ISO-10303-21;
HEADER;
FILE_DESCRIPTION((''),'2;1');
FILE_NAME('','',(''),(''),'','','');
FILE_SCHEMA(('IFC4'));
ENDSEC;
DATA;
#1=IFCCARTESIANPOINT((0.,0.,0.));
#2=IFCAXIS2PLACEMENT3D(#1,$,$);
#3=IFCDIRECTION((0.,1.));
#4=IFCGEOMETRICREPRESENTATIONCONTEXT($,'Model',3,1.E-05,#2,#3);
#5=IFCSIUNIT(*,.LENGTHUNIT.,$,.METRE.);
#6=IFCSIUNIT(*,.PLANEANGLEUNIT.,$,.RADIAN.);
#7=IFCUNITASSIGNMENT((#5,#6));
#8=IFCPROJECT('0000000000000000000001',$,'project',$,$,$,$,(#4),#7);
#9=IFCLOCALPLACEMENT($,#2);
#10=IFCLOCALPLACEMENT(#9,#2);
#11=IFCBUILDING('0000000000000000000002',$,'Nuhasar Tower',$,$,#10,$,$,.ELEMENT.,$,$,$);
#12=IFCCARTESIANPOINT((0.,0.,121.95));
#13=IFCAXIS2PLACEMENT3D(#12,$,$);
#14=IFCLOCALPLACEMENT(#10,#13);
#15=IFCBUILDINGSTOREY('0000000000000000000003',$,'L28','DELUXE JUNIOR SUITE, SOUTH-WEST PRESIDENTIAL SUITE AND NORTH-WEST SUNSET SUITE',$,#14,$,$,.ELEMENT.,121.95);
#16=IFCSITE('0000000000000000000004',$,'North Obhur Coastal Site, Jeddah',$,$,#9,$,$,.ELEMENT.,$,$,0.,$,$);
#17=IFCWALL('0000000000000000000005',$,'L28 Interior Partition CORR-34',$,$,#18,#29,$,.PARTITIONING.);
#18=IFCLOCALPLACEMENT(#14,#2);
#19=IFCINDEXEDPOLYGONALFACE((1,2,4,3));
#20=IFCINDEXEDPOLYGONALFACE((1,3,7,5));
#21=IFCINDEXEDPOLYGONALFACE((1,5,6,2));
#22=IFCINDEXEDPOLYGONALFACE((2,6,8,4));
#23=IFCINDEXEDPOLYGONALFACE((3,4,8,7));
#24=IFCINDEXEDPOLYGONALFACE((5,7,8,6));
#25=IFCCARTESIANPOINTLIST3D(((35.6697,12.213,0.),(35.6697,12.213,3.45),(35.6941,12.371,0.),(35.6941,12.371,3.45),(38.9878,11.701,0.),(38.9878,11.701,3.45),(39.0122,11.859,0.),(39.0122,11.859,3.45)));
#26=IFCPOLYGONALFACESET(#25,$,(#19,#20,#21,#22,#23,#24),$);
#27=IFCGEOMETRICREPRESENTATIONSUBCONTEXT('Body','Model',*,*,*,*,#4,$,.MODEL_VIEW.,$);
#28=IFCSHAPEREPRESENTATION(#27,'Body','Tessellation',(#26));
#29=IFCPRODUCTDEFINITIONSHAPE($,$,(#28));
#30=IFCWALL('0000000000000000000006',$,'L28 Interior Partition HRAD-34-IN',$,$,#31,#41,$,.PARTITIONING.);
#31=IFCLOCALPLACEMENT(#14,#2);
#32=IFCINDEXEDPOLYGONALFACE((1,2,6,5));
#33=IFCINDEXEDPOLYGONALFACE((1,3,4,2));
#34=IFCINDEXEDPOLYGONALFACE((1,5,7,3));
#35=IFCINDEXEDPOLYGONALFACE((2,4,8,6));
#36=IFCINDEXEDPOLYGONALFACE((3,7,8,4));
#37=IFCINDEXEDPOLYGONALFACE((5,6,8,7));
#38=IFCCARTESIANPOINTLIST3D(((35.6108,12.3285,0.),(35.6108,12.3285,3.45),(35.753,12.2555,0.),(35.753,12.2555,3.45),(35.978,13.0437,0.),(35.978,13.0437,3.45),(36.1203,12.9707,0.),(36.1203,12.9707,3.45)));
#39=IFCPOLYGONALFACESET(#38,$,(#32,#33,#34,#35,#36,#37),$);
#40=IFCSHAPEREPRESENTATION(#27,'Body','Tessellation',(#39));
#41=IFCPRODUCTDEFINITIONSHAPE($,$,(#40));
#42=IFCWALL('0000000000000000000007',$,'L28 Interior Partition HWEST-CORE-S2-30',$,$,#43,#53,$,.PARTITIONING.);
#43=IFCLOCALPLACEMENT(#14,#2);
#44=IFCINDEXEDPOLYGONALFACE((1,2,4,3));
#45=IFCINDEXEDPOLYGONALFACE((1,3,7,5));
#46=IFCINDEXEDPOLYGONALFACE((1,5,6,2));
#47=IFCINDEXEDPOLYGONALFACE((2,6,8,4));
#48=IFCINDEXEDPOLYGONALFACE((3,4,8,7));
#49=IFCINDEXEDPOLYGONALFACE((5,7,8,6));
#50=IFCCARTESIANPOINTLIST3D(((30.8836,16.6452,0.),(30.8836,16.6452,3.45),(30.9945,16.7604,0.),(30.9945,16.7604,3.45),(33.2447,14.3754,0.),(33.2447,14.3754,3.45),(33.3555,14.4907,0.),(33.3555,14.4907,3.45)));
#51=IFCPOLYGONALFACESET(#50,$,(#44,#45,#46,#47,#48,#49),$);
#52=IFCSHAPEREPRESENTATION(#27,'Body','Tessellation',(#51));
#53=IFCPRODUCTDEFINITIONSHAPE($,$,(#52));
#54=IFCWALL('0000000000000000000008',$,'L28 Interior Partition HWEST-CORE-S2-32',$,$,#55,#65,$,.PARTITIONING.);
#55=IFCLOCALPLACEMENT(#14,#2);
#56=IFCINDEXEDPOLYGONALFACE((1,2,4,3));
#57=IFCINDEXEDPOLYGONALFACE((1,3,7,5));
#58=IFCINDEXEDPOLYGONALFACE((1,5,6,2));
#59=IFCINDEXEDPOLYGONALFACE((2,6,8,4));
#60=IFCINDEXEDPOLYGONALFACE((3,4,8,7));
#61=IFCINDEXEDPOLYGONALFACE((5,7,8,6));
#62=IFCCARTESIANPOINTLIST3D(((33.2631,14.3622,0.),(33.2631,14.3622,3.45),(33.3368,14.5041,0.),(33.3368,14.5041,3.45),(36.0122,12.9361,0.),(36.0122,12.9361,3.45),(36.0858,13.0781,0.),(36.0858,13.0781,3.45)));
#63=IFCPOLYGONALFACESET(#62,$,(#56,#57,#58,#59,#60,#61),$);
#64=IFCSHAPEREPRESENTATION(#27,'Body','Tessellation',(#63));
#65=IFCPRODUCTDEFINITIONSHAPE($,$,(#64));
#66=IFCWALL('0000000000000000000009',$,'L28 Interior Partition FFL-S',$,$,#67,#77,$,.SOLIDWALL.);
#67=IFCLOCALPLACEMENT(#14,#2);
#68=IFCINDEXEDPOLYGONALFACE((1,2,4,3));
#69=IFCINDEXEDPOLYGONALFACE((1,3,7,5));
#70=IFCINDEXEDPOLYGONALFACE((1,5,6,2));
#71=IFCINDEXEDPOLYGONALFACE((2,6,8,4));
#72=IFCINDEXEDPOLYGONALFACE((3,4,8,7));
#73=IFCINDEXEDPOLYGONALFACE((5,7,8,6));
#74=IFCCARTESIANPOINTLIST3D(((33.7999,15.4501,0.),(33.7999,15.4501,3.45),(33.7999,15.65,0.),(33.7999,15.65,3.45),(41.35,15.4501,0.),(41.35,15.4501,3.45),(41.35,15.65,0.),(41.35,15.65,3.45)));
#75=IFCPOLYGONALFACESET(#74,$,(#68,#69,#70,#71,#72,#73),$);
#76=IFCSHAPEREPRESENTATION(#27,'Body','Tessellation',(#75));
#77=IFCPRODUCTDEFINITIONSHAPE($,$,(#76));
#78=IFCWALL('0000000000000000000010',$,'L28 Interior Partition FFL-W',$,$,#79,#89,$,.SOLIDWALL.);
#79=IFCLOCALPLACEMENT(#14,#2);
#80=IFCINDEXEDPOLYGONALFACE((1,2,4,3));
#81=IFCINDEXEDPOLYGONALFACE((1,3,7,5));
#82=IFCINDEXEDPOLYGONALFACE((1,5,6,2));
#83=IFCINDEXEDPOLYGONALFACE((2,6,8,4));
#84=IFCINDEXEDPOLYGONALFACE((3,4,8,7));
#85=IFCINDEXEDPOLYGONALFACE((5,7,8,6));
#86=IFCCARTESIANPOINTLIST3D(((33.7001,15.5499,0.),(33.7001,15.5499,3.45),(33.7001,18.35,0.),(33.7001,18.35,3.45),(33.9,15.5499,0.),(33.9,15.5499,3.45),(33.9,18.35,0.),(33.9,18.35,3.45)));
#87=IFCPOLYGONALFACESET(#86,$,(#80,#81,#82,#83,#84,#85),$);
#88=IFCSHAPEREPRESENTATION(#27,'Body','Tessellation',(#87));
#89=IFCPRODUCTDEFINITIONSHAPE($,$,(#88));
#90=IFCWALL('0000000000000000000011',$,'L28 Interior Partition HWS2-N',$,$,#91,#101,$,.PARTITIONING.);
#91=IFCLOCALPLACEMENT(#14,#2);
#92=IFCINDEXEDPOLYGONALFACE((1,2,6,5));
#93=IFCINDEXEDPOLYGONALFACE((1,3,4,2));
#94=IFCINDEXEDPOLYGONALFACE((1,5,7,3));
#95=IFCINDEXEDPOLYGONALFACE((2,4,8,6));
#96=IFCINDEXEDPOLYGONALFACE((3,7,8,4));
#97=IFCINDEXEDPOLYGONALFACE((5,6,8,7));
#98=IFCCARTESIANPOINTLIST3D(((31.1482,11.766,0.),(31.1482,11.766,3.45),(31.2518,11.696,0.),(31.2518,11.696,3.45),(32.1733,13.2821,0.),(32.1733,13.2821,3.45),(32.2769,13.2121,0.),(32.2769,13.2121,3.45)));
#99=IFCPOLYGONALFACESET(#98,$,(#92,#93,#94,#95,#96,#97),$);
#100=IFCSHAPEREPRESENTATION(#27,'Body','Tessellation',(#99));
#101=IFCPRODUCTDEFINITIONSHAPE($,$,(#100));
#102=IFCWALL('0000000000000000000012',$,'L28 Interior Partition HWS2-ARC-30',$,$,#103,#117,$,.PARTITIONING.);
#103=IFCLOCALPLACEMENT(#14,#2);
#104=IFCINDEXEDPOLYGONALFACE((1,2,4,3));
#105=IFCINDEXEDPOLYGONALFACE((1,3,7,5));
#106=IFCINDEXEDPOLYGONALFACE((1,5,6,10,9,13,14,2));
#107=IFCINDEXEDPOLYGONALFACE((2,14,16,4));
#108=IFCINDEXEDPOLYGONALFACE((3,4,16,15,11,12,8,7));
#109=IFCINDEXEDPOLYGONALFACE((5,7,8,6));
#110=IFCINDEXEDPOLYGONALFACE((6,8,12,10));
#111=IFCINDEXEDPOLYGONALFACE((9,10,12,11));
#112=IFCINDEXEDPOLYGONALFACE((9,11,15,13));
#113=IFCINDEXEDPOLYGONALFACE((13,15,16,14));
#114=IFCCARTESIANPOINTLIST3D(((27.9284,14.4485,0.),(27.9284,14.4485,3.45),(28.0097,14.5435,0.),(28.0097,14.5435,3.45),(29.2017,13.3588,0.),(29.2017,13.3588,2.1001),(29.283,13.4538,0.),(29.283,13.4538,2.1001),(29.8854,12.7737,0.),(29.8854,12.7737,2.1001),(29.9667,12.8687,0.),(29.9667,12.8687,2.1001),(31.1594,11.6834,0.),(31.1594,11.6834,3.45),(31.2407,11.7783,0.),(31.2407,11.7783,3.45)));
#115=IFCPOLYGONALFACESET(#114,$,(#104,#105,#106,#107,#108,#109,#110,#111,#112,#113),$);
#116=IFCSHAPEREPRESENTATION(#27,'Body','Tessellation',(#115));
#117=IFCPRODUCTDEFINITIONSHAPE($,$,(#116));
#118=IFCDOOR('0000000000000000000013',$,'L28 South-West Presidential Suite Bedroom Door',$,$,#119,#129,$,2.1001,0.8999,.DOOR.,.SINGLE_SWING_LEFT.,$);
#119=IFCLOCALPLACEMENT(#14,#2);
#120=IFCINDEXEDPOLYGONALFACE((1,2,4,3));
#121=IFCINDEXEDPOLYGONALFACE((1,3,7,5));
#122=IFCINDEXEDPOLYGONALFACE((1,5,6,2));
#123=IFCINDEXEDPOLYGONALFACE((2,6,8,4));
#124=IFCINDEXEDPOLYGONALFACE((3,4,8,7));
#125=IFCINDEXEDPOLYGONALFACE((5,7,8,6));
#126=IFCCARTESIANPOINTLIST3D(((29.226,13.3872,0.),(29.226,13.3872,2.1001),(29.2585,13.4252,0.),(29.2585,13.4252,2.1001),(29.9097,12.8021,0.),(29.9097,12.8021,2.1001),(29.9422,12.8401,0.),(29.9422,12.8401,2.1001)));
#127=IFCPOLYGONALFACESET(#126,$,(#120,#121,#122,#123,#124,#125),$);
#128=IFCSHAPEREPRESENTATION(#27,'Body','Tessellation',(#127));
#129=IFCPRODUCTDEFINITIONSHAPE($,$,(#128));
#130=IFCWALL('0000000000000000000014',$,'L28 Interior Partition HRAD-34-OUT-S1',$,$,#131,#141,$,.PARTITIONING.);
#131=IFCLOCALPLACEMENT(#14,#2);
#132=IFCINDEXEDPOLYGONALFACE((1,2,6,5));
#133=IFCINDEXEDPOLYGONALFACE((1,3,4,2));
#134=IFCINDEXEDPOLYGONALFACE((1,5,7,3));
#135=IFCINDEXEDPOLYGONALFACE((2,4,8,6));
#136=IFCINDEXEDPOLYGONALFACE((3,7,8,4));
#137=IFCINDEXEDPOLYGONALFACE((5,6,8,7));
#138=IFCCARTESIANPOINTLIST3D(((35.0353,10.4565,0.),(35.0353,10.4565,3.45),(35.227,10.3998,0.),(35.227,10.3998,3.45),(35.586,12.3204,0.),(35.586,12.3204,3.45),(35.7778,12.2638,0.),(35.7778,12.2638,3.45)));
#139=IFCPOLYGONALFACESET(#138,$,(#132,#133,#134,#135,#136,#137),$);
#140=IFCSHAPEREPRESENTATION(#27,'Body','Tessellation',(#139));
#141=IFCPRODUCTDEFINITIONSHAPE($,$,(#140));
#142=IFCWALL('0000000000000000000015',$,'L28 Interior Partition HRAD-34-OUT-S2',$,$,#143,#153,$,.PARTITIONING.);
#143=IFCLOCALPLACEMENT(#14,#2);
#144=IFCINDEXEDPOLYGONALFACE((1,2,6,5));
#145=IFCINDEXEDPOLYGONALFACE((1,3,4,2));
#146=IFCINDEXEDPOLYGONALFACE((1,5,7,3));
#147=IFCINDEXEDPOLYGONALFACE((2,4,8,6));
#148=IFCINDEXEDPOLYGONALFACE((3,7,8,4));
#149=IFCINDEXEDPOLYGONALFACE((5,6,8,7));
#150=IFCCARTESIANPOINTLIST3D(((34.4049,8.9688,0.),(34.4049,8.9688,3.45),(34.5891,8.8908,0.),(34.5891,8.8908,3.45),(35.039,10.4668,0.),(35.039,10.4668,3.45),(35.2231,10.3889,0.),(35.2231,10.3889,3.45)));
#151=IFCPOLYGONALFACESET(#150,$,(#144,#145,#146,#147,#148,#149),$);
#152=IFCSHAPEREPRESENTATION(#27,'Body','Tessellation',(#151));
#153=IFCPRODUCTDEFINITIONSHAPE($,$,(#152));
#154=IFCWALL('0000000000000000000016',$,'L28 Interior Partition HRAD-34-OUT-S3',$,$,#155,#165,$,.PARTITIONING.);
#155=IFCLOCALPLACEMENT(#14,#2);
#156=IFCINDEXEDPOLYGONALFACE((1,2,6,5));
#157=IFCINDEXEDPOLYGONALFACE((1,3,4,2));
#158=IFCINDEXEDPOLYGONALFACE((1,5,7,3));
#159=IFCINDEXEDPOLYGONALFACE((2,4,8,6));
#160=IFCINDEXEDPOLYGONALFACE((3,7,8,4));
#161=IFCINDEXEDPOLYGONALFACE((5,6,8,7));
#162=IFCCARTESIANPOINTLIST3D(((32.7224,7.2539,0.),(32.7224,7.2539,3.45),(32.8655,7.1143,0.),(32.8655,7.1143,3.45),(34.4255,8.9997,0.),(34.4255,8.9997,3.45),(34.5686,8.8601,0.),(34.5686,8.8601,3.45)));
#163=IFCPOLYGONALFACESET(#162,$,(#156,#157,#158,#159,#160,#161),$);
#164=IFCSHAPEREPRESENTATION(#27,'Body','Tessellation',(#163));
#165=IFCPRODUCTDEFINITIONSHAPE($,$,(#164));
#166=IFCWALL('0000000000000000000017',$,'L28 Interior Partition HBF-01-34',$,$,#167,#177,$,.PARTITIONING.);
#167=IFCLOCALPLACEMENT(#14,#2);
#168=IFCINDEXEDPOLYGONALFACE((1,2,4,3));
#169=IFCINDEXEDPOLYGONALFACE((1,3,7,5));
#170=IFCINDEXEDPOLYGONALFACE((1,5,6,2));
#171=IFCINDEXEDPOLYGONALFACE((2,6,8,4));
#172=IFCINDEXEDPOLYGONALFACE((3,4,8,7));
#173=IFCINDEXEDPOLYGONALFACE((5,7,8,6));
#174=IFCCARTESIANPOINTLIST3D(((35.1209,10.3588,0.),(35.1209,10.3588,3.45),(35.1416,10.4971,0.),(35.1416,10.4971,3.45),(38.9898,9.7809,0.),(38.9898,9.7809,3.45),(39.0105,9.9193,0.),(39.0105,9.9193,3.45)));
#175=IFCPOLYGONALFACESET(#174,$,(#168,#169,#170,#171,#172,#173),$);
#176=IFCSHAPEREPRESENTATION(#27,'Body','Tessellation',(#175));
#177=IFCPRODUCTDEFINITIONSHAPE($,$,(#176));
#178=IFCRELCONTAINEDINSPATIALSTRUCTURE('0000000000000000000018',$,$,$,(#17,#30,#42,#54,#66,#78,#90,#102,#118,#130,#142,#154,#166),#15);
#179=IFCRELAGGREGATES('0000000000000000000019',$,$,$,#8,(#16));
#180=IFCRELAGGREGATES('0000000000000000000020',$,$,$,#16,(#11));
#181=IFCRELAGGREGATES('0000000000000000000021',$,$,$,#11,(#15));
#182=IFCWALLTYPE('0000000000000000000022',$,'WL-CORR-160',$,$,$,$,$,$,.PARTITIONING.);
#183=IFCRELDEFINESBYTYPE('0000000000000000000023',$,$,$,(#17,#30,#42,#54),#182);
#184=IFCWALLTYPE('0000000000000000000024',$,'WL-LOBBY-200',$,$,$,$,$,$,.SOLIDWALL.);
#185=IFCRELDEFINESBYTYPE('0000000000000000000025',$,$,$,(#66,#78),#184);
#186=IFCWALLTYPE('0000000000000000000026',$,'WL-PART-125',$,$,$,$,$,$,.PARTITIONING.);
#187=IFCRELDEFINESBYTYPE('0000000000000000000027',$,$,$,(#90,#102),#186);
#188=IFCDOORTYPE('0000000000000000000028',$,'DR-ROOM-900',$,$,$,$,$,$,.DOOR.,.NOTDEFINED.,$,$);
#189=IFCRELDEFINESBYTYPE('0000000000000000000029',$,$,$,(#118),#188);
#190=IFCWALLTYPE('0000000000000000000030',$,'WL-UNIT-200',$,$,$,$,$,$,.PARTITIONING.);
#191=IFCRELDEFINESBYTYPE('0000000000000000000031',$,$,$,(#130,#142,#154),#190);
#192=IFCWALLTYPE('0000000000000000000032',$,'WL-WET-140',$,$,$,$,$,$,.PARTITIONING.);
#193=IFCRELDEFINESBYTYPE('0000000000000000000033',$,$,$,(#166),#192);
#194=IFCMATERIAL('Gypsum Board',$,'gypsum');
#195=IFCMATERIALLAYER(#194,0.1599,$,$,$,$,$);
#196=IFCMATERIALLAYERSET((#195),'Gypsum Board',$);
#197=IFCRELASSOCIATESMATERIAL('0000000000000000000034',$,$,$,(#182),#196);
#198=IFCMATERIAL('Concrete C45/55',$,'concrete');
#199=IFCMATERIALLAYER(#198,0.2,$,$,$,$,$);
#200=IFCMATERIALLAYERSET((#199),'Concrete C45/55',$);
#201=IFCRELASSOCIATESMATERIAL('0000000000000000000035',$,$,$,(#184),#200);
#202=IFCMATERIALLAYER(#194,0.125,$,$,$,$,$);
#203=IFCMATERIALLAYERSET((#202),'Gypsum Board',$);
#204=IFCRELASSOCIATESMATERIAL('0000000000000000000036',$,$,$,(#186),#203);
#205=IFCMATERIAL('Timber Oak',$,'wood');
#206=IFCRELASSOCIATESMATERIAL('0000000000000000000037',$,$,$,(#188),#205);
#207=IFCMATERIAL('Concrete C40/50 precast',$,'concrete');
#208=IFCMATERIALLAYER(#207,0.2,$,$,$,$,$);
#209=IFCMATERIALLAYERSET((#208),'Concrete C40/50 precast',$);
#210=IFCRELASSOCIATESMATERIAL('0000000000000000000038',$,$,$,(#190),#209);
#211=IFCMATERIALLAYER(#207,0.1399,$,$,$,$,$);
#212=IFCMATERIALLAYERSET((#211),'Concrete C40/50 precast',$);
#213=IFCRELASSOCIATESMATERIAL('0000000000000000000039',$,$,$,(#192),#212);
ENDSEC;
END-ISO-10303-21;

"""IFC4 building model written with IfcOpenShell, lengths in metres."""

from ifc_helpers import new_model, si_unit, direction, frame, frame_2d, origin, place, context, subcontext, project, spatial, rectangle, extrude, material, layer, layer_set, type_object, element, fill, save


model = new_model("IFC4")

# Units and contexts
model_context = context("Model", 3, precision=1e-05, world=origin(), true_north=direction((0.0, 1.0)))
body_context = subcontext(model_context, "Body", "Model", "MODEL_VIEW")
ifc_project = project(units=[si_unit("LENGTHUNIT", "METRE"), si_unit("PLANEANGLEUNIT", "RADIAN")], contexts=[model_context])

# Site, building, storey
site_placement = place(None, origin())
site = spatial("IfcSite", under=ifc_project, at=site_placement, Name="North Obhur Coastal Site, Jeddah", CompositionType="ELEMENT", RefElevation=0.0)
building_placement = place(site_placement, origin())
building = spatial("IfcBuilding", under=site, at=building_placement, Name="Nuhasar Tower", CompositionType="ELEMENT")
storey_placement = place(building_placement, frame((0.0, 0.0, 121.95)))
storey = spatial("IfcBuildingStorey", under=building, at=storey_placement, Name="L28", Description="DELUXE JUNIOR SUITE, SOUTH-WEST PRESIDENTIAL SUITE AND NORTH-WEST SUNSET SUITE", CompositionType="ELEMENT", Elevation=121.95)

# Walls
ifc_material_1 = material(Name="Gypsum Board", Category="gypsum")
ifc_layer_1 = layer(ifc_material_1, 0.1599)
ifc_layer_set_1 = layer_set([ifc_layer_1], Name="Gypsum Board")
wall_type_1 = type_object("IfcWallType", Name="WL-CORR-160", PredefinedType="PARTITIONING", material=ifc_layer_set_1)
wall_1_placement = place(storey_placement, frame((35.6819, 12.292, 0.0), z_axis=(0.0, 0.0, 1.0), x_axis=(0.988305, -0.152489, 0.0)))
element("IfcWall", 1, at=wall_1_placement, inside=storey, type_object=wall_type_1, Name="L28 Interior Partition CORR-34", PredefinedType="PARTITIONING", context=body_context, shape_type="SweptSolid", body=[
    extrude(rectangle(XDim=3.3574, YDim=0.1599, at=frame_2d((1.6787, 0.0))), origin(), (0.0, 0.0, 1.0), 3.45),
])
wall_2_placement = place(storey_placement, frame((36.0491, 13.0071, 0.0), z_axis=(0.0, 0.0, 1.0), x_axis=(-0.456785, -0.889577, 0.0)))
element("IfcWall", 2, at=wall_2_placement, inside=storey, type_object=wall_type_1, Name="L28 Interior Partition HRAD-34-IN", PredefinedType="PARTITIONING", context=body_context, shape_type="SweptSolid", body=[
    extrude(rectangle(XDim=0.804, YDim=0.1599, at=frame_2d((0.4019, 0.0))), origin(), (0.0, 0.0, 1.0), 3.45),
])
wall_3_placement = place(storey_placement, frame((30.939, 16.7029, 0.0), z_axis=(0.0, 0.0, 1.0), x_axis=(0.720909, -0.69303, 0.0)))
element("IfcWall", 3, at=wall_3_placement, inside=storey, type_object=wall_type_1, Name="L28 Interior Partition HWEST-CORE-S2-30", PredefinedType="PARTITIONING", context=body_context, shape_type="SweptSolid", body=[
    extrude(rectangle(XDim=3.2751, YDim=0.1599, at=frame_2d((1.6377, 0.0))), origin(), (0.0, 0.0, 1.0), 3.45),
])
wall_4_placement = place(storey_placement, frame((33.3, 14.4331, 0.0), z_axis=(0.0, 0.0, 1.0), x_axis=(0.887675, -0.460471, 0.0)))
element("IfcWall", 4, at=wall_4_placement, inside=storey, type_object=wall_type_1, Name="L28 Interior Partition HWEST-CORE-S2-32", PredefinedType="PARTITIONING", context=body_context, shape_type="SweptSolid", body=[
    extrude(rectangle(XDim=3.0969, YDim=0.1599, at=frame_2d((1.5483, 0.0))), origin(), (0.0, 0.0, 1.0), 3.45),
])
ifc_material_2 = material(Name="Concrete C45/55", Category="concrete")
ifc_layer_2 = layer(ifc_material_2, 0.2)
ifc_layer_set_2 = layer_set([ifc_layer_2], Name="Concrete C45/55")
wall_type_2 = type_object("IfcWallType", Name="WL-LOBBY-200", PredefinedType="SOLIDWALL", material=ifc_layer_set_2)
wall_5_placement = place(storey_placement, frame((33.8, 15.55, 0.0), z_axis=(0.0, 0.0, 1.0), x_axis=(1.0, 0.0, 0.0)))
element("IfcWall", 5, at=wall_5_placement, inside=storey, type_object=wall_type_2, Name="L28 Interior Partition FFL-S", PredefinedType="SOLIDWALL", context=body_context, shape_type="SweptSolid", body=[
    extrude(rectangle(XDim=7.55, YDim=0.2, at=frame_2d((3.7749, 0.0))), origin(), (0.0, 0.0, 1.0), 3.45),
])
wall_6_placement = place(storey_placement, frame((33.8, 15.55, 0.0), z_axis=(0.0, 0.0, 1.0), x_axis=(0.0, 1.0, 0.0)))
element("IfcWall", 6, at=wall_6_placement, inside=storey, type_object=wall_type_2, Name="L28 Interior Partition FFL-W", PredefinedType="SOLIDWALL", context=body_context, shape_type="SweptSolid", body=[
    extrude(rectangle(XDim=2.8, YDim=0.2, at=frame_2d((1.3999, 0.0))), origin(), (0.0, 0.0, 1.0), 3.45),
])
ifc_layer_3 = layer(ifc_material_1, 0.125)
ifc_layer_set_3 = layer_set([ifc_layer_3], Name="Gypsum Board")
wall_type_3 = type_object("IfcWallType", Name="WL-PART-125", PredefinedType="PARTITIONING", material=ifc_layer_set_3)
wall_7_placement = place(storey_placement, frame((32.2251, 13.2471, 0.0), z_axis=(0.0, 0.0, 1.0), x_axis=(-0.560137, -0.8284, 0.0)))
element("IfcWall", 7, at=wall_7_placement, inside=storey, type_object=wall_type_3, Name="L28 Interior Partition HWS2-N", PredefinedType="PARTITIONING", context=body_context, shape_type="SweptSolid", body=[
    extrude(rectangle(XDim=1.8301, YDim=0.125, at=frame_2d((0.915, 0.0))), origin(), (0.0, 0.0, 1.0), 3.45),
])

# Wall, opening, door
wall_8_placement = place(storey_placement, frame((27.969, 14.4961, 0.0), z_axis=(0.0, 0.0, 1.0), x_axis=(0.759751, -0.650214, 0.0)))
wall_8 = element("IfcWall", 8, at=wall_8_placement, inside=storey, type_object=wall_type_3, Name="L28 Interior Partition HWS2-ARC-30", PredefinedType="PARTITIONING", context=body_context, shape_type="SweptSolid", body=[
    extrude(rectangle(XDim=4.2527, YDim=0.125, at=frame_2d((2.1265, 0.0))), origin(), (0.0, 0.0, 1.0), 3.45),
])
opening_1_placement = place(wall_8_placement, frame((1.676, 0.0, 0.0)))
opening_1 = element("IfcOpeningElement", 9, at=opening_1_placement, cuts=wall_8, PredefinedType="OPENING", context=body_context, shape_type="SweptSolid", body=[
    extrude(rectangle(XDim=0.8999, YDim=2.1001, at=frame_2d((0.45, 1.05))), frame((0.0, 0.0725, 0.0), z_axis=(0.0, -1.0, 0.0), x_axis=(1.0, 0.0, 0.0)), (0.0, 0.0, 1.0), 0.145),
])
ifc_material_3 = material(Name="Timber Oak", Category="wood")
door_type_1 = type_object("IfcDoorType", Name="DR-ROOM-900", OperationType="NOTDEFINED", PredefinedType="DOOR", material=ifc_material_3)
door_1_placement = place(opening_1_placement, origin())
door_1 = element("IfcDoor", 10, at=door_1_placement, inside=storey, type_object=door_type_1, Name="L28 South-West Presidential Suite Bedroom Door", OperationType="SINGLE_SWING_LEFT", OverallHeight=2.1001, OverallWidth=0.8999, PredefinedType="DOOR", context=body_context, shape_type="SweptSolid", body=[
    extrude(rectangle(XDim=0.8999, YDim=2.1001, at=frame_2d((0.45, 1.05))), frame((0.0, 0.0249, 0.0), z_axis=(0.0, -1.0, 0.0), x_axis=(1.0, 0.0, 0.0)), (0.0, 0.0, 1.0), 0.05),
])
fill(opening_1, door_1)

# Walls
ifc_material_4 = material(Name="Concrete C40/50 precast", Category="concrete")
ifc_layer_4 = layer(ifc_material_4, 0.2)
ifc_layer_set_4 = layer_set([ifc_layer_4], Name="Concrete C40/50 precast")
wall_type_4 = type_object("IfcWallType", Name="WL-UNIT-200", PredefinedType="PARTITIONING", material=ifc_layer_set_4)
wall_9_placement = place(storey_placement, frame((35.6819, 12.292, 0.0), z_axis=(0.0, 0.0, 1.0), x_axis=(-0.28337, -0.959011, 0.0)))
element("IfcWall", 11, at=wall_9_placement, inside=storey, type_object=wall_type_4, Name="L28 Interior Partition HRAD-34-OUT-S1", PredefinedType="PARTITIONING", context=body_context, shape_type="SweptSolid", body=[
    extrude(rectangle(XDim=1.9436, YDim=0.2, at=frame_2d((0.9717, 0.0))), origin(), (0.0, 0.0, 1.0), 3.45),
])
wall_10_placement = place(storey_placement, frame((35.1311, 10.428, 0.0), z_axis=(0.0, 0.0, 1.0), x_axis=(-0.389767, -0.920913, 0.0)))
element("IfcWall", 12, at=wall_10_placement, inside=storey, type_object=wall_type_4, Name="L28 Interior Partition HRAD-34-OUT-S2", PredefinedType="PARTITIONING", context=body_context, shape_type="SweptSolid", body=[
    extrude(rectangle(XDim=1.6267, YDim=0.2, at=frame_2d((0.8135, 0.0))), origin(), (0.0, 0.0, 1.0), 3.45),
])
wall_11_placement = place(storey_placement, frame((34.4971, 8.9299, 0.0), z_axis=(0.0, 0.0, 1.0), x_axis=(-0.698294, -0.715811, 0.0)))
element("IfcWall", 13, at=wall_11_placement, inside=storey, type_object=wall_type_4, Name="L28 Interior Partition HRAD-34-OUT-S3", PredefinedType="PARTITIONING", context=body_context, shape_type="SweptSolid", body=[
    extrude(rectangle(XDim=2.439, YDim=0.2, at=frame_2d((1.2195, 0.0))), origin(), (0.0, 0.0, 1.0), 3.45),
])
ifc_layer_5 = layer(ifc_material_4, 0.1399)
ifc_layer_set_5 = layer_set([ifc_layer_5], Name="Concrete C40/50 precast")
wall_type_5 = type_object("IfcWallType", Name="WL-WET-140", PredefinedType="PARTITIONING", material=ifc_layer_set_5)
wall_12_placement = place(storey_placement, frame((35.1311, 10.428, 0.0), z_axis=(0.0, 0.0, 1.0), x_axis=(0.989028, -0.147727, 0.0)))
element("IfcWall", 14, at=wall_12_placement, inside=storey, type_object=wall_type_5, Name="L28 Interior Partition HBF-01-34", PredefinedType="PARTITIONING", context=body_context, shape_type="SweptSolid", body=[
    extrude(rectangle(XDim=3.9119, YDim=0.1399, at=frame_2d((1.9561, 0.0))), origin(), (0.0, 0.0, 1.0), 3.45),
])

save(model, "model.ifc")
